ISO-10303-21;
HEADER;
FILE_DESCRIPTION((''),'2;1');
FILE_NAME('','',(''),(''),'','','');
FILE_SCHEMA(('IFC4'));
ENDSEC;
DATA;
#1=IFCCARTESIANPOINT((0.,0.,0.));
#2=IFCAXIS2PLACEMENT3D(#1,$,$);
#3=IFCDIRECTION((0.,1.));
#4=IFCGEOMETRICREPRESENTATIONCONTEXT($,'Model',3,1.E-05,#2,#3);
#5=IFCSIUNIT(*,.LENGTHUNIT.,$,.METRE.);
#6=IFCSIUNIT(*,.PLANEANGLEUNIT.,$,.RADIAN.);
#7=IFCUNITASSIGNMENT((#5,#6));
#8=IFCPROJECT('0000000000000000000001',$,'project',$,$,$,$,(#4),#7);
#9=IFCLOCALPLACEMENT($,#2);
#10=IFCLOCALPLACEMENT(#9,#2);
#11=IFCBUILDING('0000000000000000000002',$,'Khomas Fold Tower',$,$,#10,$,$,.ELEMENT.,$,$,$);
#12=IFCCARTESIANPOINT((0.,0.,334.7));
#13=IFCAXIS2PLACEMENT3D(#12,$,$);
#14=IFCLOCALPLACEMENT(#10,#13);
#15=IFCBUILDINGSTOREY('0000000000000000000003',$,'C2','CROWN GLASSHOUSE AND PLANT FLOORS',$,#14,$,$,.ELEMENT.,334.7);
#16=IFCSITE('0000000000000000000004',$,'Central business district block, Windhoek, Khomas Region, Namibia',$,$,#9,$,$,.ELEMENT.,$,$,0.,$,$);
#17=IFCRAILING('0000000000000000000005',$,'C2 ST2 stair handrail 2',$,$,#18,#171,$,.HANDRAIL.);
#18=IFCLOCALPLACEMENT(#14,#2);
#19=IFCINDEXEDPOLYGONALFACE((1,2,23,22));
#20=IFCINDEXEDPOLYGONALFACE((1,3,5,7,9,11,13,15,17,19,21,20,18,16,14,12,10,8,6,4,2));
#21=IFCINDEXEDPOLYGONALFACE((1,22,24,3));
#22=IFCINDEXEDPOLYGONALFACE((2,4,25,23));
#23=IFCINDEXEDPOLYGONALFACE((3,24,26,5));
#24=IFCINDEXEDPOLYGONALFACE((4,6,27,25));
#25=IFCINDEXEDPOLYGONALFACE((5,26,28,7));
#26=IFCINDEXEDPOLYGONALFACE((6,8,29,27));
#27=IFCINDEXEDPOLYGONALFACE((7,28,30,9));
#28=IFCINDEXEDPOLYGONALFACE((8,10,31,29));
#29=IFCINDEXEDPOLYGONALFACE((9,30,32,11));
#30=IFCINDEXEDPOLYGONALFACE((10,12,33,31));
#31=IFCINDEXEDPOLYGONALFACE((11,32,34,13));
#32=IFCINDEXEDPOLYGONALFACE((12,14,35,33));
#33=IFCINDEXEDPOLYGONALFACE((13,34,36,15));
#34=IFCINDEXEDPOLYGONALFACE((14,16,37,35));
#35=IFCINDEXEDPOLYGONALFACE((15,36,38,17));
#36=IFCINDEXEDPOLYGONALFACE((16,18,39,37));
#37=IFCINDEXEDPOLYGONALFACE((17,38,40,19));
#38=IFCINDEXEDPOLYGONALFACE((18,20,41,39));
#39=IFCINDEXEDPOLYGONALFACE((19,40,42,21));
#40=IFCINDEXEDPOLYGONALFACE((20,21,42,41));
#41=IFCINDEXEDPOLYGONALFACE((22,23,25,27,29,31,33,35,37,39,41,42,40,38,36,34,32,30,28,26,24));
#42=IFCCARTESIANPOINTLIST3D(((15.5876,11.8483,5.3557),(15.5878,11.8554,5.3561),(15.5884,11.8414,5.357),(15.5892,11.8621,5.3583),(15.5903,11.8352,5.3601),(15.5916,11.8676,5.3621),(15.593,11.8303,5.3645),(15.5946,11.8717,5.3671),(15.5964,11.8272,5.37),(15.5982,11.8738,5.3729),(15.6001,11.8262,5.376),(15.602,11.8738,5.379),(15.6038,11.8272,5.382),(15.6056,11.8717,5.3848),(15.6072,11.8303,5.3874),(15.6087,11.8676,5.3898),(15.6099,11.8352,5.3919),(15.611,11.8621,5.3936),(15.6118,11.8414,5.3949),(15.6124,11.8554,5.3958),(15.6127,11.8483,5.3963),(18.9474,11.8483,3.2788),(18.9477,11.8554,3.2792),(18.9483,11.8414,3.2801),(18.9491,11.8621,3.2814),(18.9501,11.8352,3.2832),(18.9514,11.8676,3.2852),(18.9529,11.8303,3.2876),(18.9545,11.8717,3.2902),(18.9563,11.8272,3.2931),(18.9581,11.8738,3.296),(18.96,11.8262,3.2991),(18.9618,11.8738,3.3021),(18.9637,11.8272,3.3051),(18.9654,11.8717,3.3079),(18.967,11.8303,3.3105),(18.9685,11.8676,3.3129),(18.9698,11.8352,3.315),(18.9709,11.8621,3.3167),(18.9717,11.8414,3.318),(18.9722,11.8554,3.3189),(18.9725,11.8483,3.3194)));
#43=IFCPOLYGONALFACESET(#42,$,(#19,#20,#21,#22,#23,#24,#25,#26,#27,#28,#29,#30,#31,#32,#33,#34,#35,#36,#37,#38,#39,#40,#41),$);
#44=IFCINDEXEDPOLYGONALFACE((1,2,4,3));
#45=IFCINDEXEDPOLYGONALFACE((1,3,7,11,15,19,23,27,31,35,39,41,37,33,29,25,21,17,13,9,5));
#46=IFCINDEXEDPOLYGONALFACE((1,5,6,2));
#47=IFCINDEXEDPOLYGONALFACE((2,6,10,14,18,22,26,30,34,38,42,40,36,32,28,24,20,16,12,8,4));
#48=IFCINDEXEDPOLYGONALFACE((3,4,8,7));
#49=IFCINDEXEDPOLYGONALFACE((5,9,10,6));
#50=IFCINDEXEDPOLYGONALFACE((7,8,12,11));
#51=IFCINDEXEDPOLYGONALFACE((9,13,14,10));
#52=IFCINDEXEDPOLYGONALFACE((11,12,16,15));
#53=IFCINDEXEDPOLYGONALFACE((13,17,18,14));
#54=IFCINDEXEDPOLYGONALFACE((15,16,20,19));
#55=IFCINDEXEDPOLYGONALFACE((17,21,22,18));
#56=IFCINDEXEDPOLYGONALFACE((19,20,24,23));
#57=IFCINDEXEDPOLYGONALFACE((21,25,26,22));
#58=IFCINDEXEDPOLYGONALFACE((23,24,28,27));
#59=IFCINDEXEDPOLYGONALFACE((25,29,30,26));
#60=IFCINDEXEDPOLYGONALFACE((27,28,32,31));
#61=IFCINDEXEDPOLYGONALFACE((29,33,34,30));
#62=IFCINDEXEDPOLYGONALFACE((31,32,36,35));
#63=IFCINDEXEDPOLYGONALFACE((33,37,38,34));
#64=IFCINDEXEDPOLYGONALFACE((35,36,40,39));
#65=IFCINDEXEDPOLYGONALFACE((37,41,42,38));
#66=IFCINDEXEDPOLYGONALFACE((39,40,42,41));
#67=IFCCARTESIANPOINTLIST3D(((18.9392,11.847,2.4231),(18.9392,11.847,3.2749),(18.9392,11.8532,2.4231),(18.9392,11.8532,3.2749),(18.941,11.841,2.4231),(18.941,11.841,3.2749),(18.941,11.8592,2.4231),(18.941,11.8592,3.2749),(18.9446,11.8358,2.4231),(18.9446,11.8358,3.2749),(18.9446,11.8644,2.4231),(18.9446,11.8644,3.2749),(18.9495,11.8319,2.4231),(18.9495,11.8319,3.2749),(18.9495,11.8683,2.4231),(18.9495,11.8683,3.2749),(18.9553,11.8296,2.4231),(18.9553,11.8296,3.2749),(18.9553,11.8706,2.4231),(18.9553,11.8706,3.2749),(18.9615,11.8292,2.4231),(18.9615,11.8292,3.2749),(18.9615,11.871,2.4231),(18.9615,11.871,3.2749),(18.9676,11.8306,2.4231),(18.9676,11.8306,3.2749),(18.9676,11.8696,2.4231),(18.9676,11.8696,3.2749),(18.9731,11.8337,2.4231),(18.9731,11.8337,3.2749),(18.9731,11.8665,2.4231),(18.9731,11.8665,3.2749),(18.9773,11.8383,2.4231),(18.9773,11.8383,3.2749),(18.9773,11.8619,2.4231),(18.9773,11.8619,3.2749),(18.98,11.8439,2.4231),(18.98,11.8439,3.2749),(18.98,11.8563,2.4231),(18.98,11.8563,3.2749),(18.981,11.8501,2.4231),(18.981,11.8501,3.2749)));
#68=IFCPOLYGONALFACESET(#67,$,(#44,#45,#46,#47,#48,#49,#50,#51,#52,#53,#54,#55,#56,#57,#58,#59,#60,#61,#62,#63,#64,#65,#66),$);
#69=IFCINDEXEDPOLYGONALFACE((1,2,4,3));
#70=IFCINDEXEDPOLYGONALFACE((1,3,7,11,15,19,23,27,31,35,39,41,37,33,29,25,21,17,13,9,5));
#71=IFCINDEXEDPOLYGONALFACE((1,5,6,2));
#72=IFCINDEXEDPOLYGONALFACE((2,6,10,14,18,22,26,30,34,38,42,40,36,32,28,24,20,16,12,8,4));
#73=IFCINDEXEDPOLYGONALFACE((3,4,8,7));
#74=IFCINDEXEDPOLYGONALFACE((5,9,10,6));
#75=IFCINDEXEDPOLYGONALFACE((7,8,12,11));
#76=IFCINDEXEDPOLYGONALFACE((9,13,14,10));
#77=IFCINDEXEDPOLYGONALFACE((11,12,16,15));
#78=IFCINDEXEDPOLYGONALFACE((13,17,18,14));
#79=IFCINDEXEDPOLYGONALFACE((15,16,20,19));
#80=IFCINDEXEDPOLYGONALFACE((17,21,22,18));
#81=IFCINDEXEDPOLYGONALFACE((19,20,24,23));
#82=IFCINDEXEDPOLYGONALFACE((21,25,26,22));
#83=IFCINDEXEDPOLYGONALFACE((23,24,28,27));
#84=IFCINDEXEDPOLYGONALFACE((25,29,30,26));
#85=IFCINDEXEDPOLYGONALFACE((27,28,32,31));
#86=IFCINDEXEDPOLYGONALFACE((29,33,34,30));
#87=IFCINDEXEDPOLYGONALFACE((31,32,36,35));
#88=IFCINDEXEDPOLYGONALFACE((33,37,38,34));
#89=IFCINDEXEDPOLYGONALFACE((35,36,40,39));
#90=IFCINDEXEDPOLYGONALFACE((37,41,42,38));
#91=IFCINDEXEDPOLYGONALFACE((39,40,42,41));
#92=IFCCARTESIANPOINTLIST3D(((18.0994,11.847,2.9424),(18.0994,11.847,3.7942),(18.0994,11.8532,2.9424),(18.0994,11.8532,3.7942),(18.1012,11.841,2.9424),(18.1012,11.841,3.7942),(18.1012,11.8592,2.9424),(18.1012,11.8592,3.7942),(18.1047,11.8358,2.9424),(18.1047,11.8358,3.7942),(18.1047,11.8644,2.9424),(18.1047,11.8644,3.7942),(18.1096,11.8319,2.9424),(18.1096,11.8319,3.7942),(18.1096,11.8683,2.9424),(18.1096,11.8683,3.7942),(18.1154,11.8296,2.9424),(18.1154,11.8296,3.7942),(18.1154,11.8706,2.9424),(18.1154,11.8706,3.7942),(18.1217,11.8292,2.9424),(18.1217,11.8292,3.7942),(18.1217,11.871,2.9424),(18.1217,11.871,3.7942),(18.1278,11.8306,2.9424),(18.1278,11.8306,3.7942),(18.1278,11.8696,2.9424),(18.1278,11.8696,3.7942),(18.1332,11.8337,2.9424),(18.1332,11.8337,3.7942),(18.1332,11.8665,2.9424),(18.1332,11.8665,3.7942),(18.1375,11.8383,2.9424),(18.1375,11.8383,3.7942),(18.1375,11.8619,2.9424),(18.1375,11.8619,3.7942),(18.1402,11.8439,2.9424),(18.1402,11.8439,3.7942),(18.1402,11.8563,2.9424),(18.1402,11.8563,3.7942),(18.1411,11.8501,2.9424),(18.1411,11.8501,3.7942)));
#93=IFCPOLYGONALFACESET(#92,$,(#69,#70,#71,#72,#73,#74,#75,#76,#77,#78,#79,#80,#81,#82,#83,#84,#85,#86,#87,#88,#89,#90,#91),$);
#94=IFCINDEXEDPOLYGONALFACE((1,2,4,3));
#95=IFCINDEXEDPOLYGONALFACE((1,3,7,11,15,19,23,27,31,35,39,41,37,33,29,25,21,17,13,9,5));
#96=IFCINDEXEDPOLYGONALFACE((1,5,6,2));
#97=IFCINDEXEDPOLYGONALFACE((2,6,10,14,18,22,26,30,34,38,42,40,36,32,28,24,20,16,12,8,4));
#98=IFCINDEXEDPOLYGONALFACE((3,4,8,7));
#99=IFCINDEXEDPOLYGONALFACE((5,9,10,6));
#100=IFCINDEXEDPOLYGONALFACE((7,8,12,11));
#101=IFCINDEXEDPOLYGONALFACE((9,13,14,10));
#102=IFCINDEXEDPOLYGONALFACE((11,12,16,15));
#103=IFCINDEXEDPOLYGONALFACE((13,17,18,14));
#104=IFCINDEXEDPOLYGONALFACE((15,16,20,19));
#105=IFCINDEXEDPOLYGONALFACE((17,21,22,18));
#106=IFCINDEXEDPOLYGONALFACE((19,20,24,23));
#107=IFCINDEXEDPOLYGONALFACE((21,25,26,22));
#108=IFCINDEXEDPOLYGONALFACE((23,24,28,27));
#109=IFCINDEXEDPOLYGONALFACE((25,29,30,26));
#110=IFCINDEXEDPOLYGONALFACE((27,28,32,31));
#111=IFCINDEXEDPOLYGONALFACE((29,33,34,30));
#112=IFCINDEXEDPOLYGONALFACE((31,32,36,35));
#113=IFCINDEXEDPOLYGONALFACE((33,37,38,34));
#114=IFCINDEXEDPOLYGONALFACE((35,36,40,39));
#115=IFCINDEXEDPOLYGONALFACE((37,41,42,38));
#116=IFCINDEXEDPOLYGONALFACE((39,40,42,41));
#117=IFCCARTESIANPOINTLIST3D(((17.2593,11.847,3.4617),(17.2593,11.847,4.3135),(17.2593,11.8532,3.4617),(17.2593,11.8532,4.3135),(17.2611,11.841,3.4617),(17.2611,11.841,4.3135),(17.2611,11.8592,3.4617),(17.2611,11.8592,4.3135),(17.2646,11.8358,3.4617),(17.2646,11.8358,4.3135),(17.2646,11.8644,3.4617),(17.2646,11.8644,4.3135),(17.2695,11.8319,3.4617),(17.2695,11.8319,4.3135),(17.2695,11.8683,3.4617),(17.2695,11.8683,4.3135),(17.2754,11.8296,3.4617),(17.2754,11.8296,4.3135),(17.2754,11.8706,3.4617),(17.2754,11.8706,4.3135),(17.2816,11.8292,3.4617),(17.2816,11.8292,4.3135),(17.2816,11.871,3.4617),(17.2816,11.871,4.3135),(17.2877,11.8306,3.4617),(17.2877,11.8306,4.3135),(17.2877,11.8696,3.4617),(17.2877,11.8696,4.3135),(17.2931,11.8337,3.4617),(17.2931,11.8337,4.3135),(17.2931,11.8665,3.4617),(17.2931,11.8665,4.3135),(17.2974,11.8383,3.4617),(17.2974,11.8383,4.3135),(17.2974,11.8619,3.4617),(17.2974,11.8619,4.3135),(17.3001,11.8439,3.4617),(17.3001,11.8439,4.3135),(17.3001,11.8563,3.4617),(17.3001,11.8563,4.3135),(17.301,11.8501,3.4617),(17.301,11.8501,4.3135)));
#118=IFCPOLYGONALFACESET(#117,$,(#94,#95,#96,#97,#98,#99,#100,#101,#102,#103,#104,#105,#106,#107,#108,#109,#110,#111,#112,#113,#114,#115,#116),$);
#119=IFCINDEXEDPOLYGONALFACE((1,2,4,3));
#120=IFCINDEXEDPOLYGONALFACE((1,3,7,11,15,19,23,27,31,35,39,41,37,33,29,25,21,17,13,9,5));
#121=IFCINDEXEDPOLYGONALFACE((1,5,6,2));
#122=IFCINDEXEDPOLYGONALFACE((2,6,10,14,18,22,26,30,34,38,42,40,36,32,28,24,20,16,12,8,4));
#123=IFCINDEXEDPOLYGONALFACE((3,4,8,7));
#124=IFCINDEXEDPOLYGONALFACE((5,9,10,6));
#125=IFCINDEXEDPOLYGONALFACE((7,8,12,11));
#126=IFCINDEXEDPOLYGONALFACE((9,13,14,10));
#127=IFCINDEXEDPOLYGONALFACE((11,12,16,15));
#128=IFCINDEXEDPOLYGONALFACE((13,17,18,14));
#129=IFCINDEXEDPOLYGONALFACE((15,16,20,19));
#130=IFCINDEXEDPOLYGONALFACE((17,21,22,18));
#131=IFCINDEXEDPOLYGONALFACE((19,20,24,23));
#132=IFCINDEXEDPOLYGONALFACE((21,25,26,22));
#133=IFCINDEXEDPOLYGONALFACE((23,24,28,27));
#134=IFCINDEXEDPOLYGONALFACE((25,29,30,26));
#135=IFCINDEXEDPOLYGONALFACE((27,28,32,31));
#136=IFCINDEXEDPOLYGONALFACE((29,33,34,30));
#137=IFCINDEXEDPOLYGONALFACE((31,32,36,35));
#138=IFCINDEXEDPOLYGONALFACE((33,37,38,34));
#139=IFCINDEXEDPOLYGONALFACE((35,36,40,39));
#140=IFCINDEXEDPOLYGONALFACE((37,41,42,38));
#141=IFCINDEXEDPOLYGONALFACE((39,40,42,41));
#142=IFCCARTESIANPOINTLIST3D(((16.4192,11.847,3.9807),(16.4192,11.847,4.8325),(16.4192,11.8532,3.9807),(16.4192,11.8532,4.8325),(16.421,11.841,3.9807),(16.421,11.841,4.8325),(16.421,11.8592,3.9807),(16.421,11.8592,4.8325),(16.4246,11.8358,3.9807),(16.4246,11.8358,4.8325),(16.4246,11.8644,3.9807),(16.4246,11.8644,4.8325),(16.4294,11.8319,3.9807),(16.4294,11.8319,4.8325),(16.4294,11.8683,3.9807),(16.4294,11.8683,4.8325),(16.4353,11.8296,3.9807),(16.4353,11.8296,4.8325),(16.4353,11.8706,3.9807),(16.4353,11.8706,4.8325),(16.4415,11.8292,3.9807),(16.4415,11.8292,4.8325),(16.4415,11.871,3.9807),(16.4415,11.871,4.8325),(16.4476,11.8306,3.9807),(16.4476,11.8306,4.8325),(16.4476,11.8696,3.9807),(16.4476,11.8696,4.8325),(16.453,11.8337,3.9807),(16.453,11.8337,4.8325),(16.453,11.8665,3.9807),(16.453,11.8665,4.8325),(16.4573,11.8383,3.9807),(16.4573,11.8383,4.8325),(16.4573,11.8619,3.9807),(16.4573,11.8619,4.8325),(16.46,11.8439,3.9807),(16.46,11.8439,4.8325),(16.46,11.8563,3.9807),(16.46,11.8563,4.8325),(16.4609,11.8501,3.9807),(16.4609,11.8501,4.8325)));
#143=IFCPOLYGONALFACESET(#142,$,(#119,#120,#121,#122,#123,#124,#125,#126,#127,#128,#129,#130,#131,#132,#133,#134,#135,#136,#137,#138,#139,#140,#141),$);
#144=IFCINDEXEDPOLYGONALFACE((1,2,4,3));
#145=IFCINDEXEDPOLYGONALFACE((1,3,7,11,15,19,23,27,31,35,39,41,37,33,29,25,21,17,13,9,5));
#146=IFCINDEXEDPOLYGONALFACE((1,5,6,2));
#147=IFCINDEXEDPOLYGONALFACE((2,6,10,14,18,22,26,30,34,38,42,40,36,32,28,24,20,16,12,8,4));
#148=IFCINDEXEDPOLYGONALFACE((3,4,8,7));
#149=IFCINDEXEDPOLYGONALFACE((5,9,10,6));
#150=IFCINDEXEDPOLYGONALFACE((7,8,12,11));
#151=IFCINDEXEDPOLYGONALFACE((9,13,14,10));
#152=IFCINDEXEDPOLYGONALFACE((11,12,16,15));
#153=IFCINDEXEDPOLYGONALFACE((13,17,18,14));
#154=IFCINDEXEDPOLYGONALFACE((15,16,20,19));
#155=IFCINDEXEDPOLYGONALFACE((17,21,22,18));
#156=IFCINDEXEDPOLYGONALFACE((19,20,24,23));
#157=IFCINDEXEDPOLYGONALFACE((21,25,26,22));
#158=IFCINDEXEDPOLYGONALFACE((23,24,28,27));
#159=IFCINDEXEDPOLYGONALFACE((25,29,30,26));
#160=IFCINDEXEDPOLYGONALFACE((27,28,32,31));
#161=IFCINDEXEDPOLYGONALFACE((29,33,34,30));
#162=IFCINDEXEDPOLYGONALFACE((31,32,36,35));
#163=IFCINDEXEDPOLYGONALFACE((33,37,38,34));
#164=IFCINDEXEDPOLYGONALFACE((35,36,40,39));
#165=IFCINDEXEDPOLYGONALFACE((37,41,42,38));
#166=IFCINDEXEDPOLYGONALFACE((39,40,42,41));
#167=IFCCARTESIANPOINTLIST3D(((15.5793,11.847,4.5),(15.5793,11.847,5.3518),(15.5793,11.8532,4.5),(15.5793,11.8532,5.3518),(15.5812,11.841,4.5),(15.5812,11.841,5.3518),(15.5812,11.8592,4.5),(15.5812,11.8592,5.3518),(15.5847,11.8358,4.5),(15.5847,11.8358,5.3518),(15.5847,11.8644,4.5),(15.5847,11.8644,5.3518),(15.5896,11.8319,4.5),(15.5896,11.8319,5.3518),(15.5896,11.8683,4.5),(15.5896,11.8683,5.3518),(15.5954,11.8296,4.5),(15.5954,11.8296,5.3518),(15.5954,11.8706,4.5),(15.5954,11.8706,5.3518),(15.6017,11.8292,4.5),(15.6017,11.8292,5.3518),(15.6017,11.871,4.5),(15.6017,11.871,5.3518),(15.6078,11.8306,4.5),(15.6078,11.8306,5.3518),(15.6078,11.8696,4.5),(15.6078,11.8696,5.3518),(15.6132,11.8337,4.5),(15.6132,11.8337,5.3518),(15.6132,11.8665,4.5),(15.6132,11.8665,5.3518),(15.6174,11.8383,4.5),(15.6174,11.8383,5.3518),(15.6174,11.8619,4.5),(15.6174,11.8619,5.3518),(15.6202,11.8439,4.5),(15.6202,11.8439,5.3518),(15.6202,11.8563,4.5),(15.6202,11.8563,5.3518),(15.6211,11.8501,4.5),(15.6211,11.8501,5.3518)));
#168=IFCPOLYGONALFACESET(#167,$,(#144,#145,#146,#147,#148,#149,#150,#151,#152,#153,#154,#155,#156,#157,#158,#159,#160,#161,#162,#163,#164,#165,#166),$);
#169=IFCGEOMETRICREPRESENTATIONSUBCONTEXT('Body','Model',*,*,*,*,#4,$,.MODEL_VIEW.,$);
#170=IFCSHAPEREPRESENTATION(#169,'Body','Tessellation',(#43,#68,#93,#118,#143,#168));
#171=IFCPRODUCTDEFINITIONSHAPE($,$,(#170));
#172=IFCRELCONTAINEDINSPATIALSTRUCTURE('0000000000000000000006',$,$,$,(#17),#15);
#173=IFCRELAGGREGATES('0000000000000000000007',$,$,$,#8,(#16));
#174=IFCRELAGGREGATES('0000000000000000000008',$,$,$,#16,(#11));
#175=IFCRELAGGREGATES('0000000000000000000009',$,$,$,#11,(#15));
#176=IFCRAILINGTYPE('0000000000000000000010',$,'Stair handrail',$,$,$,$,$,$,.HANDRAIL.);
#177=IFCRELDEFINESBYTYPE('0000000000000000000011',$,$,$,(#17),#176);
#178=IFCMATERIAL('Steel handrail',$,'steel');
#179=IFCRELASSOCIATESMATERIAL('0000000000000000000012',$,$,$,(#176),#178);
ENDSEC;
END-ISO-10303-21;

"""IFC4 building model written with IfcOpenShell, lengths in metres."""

from ifc_helpers import new_model, si_unit, direction, frame, origin, origin_2d, place, context, subcontext, project, spatial, circle, extrude, source, transform, mapped, material, type_object, element, save


model = new_model("IFC4")

# Units and contexts
model_context = context("Model", 3, precision=1e-05, world=origin(), true_north=direction((0.0, 1.0)))
body_context = subcontext(model_context, "Body", "Model", "MODEL_VIEW")
ifc_project = project(units=[si_unit("LENGTHUNIT", "METRE"), si_unit("PLANEANGLEUNIT", "RADIAN")], contexts=[model_context])

# Site, building, storey
site_placement = place(None, origin())
site = spatial("IfcSite", under=ifc_project, at=site_placement, Name="Central business district block, Windhoek, Khomas Region, Namibia", CompositionType="ELEMENT", RefElevation=0.0)
building_placement = place(site_placement, origin())
building = spatial("IfcBuilding", under=site, at=building_placement, Name="Khomas Fold Tower", CompositionType="ELEMENT")
storey_placement = place(building_placement, frame((0.0, 0.0, 334.7)))
storey = spatial("IfcBuildingStorey", under=building, at=storey_placement, Name="C2", Description="CROWN GLASSHOUSE AND PLANT FLOORS", CompositionType="ELEMENT", Elevation=334.7)

# Railing
ifc_material_1 = material(Name="Steel handrail", Category="steel")
railing_type_1 = type_object("IfcRailingType", Name="Stair handrail", PredefinedType="HANDRAIL", material=ifc_material_1)
shared_shape_1 = source(origin(), body_context, "Body", "SweptSolid", [
    extrude(circle(Radius=0.0239, at=origin_2d()), frame((0.0, 0.0, 0.876), z_axis=(-0.850606, 0.0, 0.525803), x_axis=(0.0, -1.0, 0.0)), (0.0, 0.0, 1.0), 3.95),
    extrude(circle(Radius=0.021, at=origin_2d()), origin(), (0.0, 0.0, 1.0), 0.8518),
    extrude(circle(Radius=0.021, at=origin_2d()), frame((-0.8398, 0.0, 0.5193)), (0.0, 0.0, 1.0), 0.8518),
    extrude(circle(Radius=0.021, at=origin_2d()), frame((-1.6799, 0.0, 1.0386)), (0.0, 0.0, 1.0), 0.8518),
    extrude(circle(Radius=0.021, at=origin_2d()), frame((-2.52, 0.0, 1.5576)), (0.0, 0.0, 1.0), 0.8518),
    extrude(circle(Radius=0.021, at=origin_2d()), frame((-3.3599, 0.0, 2.0769)), (0.0, 0.0, 1.0), 0.8518),
])
railing_1_placement = place(storey_placement, frame((18.96, 11.8501, 2.4231)))
element("IfcRailing", 1, at=railing_1_placement, inside=storey, type_object=railing_type_1, Name="C2 ST2 stair handrail 2", PredefinedType="HANDRAIL", context=body_context, shape_type="MappedRepresentation", body=[
    mapped(shared_shape_1, transform((0.0, 0.0, 0.0))),
])

save(model, "model.ifc")
